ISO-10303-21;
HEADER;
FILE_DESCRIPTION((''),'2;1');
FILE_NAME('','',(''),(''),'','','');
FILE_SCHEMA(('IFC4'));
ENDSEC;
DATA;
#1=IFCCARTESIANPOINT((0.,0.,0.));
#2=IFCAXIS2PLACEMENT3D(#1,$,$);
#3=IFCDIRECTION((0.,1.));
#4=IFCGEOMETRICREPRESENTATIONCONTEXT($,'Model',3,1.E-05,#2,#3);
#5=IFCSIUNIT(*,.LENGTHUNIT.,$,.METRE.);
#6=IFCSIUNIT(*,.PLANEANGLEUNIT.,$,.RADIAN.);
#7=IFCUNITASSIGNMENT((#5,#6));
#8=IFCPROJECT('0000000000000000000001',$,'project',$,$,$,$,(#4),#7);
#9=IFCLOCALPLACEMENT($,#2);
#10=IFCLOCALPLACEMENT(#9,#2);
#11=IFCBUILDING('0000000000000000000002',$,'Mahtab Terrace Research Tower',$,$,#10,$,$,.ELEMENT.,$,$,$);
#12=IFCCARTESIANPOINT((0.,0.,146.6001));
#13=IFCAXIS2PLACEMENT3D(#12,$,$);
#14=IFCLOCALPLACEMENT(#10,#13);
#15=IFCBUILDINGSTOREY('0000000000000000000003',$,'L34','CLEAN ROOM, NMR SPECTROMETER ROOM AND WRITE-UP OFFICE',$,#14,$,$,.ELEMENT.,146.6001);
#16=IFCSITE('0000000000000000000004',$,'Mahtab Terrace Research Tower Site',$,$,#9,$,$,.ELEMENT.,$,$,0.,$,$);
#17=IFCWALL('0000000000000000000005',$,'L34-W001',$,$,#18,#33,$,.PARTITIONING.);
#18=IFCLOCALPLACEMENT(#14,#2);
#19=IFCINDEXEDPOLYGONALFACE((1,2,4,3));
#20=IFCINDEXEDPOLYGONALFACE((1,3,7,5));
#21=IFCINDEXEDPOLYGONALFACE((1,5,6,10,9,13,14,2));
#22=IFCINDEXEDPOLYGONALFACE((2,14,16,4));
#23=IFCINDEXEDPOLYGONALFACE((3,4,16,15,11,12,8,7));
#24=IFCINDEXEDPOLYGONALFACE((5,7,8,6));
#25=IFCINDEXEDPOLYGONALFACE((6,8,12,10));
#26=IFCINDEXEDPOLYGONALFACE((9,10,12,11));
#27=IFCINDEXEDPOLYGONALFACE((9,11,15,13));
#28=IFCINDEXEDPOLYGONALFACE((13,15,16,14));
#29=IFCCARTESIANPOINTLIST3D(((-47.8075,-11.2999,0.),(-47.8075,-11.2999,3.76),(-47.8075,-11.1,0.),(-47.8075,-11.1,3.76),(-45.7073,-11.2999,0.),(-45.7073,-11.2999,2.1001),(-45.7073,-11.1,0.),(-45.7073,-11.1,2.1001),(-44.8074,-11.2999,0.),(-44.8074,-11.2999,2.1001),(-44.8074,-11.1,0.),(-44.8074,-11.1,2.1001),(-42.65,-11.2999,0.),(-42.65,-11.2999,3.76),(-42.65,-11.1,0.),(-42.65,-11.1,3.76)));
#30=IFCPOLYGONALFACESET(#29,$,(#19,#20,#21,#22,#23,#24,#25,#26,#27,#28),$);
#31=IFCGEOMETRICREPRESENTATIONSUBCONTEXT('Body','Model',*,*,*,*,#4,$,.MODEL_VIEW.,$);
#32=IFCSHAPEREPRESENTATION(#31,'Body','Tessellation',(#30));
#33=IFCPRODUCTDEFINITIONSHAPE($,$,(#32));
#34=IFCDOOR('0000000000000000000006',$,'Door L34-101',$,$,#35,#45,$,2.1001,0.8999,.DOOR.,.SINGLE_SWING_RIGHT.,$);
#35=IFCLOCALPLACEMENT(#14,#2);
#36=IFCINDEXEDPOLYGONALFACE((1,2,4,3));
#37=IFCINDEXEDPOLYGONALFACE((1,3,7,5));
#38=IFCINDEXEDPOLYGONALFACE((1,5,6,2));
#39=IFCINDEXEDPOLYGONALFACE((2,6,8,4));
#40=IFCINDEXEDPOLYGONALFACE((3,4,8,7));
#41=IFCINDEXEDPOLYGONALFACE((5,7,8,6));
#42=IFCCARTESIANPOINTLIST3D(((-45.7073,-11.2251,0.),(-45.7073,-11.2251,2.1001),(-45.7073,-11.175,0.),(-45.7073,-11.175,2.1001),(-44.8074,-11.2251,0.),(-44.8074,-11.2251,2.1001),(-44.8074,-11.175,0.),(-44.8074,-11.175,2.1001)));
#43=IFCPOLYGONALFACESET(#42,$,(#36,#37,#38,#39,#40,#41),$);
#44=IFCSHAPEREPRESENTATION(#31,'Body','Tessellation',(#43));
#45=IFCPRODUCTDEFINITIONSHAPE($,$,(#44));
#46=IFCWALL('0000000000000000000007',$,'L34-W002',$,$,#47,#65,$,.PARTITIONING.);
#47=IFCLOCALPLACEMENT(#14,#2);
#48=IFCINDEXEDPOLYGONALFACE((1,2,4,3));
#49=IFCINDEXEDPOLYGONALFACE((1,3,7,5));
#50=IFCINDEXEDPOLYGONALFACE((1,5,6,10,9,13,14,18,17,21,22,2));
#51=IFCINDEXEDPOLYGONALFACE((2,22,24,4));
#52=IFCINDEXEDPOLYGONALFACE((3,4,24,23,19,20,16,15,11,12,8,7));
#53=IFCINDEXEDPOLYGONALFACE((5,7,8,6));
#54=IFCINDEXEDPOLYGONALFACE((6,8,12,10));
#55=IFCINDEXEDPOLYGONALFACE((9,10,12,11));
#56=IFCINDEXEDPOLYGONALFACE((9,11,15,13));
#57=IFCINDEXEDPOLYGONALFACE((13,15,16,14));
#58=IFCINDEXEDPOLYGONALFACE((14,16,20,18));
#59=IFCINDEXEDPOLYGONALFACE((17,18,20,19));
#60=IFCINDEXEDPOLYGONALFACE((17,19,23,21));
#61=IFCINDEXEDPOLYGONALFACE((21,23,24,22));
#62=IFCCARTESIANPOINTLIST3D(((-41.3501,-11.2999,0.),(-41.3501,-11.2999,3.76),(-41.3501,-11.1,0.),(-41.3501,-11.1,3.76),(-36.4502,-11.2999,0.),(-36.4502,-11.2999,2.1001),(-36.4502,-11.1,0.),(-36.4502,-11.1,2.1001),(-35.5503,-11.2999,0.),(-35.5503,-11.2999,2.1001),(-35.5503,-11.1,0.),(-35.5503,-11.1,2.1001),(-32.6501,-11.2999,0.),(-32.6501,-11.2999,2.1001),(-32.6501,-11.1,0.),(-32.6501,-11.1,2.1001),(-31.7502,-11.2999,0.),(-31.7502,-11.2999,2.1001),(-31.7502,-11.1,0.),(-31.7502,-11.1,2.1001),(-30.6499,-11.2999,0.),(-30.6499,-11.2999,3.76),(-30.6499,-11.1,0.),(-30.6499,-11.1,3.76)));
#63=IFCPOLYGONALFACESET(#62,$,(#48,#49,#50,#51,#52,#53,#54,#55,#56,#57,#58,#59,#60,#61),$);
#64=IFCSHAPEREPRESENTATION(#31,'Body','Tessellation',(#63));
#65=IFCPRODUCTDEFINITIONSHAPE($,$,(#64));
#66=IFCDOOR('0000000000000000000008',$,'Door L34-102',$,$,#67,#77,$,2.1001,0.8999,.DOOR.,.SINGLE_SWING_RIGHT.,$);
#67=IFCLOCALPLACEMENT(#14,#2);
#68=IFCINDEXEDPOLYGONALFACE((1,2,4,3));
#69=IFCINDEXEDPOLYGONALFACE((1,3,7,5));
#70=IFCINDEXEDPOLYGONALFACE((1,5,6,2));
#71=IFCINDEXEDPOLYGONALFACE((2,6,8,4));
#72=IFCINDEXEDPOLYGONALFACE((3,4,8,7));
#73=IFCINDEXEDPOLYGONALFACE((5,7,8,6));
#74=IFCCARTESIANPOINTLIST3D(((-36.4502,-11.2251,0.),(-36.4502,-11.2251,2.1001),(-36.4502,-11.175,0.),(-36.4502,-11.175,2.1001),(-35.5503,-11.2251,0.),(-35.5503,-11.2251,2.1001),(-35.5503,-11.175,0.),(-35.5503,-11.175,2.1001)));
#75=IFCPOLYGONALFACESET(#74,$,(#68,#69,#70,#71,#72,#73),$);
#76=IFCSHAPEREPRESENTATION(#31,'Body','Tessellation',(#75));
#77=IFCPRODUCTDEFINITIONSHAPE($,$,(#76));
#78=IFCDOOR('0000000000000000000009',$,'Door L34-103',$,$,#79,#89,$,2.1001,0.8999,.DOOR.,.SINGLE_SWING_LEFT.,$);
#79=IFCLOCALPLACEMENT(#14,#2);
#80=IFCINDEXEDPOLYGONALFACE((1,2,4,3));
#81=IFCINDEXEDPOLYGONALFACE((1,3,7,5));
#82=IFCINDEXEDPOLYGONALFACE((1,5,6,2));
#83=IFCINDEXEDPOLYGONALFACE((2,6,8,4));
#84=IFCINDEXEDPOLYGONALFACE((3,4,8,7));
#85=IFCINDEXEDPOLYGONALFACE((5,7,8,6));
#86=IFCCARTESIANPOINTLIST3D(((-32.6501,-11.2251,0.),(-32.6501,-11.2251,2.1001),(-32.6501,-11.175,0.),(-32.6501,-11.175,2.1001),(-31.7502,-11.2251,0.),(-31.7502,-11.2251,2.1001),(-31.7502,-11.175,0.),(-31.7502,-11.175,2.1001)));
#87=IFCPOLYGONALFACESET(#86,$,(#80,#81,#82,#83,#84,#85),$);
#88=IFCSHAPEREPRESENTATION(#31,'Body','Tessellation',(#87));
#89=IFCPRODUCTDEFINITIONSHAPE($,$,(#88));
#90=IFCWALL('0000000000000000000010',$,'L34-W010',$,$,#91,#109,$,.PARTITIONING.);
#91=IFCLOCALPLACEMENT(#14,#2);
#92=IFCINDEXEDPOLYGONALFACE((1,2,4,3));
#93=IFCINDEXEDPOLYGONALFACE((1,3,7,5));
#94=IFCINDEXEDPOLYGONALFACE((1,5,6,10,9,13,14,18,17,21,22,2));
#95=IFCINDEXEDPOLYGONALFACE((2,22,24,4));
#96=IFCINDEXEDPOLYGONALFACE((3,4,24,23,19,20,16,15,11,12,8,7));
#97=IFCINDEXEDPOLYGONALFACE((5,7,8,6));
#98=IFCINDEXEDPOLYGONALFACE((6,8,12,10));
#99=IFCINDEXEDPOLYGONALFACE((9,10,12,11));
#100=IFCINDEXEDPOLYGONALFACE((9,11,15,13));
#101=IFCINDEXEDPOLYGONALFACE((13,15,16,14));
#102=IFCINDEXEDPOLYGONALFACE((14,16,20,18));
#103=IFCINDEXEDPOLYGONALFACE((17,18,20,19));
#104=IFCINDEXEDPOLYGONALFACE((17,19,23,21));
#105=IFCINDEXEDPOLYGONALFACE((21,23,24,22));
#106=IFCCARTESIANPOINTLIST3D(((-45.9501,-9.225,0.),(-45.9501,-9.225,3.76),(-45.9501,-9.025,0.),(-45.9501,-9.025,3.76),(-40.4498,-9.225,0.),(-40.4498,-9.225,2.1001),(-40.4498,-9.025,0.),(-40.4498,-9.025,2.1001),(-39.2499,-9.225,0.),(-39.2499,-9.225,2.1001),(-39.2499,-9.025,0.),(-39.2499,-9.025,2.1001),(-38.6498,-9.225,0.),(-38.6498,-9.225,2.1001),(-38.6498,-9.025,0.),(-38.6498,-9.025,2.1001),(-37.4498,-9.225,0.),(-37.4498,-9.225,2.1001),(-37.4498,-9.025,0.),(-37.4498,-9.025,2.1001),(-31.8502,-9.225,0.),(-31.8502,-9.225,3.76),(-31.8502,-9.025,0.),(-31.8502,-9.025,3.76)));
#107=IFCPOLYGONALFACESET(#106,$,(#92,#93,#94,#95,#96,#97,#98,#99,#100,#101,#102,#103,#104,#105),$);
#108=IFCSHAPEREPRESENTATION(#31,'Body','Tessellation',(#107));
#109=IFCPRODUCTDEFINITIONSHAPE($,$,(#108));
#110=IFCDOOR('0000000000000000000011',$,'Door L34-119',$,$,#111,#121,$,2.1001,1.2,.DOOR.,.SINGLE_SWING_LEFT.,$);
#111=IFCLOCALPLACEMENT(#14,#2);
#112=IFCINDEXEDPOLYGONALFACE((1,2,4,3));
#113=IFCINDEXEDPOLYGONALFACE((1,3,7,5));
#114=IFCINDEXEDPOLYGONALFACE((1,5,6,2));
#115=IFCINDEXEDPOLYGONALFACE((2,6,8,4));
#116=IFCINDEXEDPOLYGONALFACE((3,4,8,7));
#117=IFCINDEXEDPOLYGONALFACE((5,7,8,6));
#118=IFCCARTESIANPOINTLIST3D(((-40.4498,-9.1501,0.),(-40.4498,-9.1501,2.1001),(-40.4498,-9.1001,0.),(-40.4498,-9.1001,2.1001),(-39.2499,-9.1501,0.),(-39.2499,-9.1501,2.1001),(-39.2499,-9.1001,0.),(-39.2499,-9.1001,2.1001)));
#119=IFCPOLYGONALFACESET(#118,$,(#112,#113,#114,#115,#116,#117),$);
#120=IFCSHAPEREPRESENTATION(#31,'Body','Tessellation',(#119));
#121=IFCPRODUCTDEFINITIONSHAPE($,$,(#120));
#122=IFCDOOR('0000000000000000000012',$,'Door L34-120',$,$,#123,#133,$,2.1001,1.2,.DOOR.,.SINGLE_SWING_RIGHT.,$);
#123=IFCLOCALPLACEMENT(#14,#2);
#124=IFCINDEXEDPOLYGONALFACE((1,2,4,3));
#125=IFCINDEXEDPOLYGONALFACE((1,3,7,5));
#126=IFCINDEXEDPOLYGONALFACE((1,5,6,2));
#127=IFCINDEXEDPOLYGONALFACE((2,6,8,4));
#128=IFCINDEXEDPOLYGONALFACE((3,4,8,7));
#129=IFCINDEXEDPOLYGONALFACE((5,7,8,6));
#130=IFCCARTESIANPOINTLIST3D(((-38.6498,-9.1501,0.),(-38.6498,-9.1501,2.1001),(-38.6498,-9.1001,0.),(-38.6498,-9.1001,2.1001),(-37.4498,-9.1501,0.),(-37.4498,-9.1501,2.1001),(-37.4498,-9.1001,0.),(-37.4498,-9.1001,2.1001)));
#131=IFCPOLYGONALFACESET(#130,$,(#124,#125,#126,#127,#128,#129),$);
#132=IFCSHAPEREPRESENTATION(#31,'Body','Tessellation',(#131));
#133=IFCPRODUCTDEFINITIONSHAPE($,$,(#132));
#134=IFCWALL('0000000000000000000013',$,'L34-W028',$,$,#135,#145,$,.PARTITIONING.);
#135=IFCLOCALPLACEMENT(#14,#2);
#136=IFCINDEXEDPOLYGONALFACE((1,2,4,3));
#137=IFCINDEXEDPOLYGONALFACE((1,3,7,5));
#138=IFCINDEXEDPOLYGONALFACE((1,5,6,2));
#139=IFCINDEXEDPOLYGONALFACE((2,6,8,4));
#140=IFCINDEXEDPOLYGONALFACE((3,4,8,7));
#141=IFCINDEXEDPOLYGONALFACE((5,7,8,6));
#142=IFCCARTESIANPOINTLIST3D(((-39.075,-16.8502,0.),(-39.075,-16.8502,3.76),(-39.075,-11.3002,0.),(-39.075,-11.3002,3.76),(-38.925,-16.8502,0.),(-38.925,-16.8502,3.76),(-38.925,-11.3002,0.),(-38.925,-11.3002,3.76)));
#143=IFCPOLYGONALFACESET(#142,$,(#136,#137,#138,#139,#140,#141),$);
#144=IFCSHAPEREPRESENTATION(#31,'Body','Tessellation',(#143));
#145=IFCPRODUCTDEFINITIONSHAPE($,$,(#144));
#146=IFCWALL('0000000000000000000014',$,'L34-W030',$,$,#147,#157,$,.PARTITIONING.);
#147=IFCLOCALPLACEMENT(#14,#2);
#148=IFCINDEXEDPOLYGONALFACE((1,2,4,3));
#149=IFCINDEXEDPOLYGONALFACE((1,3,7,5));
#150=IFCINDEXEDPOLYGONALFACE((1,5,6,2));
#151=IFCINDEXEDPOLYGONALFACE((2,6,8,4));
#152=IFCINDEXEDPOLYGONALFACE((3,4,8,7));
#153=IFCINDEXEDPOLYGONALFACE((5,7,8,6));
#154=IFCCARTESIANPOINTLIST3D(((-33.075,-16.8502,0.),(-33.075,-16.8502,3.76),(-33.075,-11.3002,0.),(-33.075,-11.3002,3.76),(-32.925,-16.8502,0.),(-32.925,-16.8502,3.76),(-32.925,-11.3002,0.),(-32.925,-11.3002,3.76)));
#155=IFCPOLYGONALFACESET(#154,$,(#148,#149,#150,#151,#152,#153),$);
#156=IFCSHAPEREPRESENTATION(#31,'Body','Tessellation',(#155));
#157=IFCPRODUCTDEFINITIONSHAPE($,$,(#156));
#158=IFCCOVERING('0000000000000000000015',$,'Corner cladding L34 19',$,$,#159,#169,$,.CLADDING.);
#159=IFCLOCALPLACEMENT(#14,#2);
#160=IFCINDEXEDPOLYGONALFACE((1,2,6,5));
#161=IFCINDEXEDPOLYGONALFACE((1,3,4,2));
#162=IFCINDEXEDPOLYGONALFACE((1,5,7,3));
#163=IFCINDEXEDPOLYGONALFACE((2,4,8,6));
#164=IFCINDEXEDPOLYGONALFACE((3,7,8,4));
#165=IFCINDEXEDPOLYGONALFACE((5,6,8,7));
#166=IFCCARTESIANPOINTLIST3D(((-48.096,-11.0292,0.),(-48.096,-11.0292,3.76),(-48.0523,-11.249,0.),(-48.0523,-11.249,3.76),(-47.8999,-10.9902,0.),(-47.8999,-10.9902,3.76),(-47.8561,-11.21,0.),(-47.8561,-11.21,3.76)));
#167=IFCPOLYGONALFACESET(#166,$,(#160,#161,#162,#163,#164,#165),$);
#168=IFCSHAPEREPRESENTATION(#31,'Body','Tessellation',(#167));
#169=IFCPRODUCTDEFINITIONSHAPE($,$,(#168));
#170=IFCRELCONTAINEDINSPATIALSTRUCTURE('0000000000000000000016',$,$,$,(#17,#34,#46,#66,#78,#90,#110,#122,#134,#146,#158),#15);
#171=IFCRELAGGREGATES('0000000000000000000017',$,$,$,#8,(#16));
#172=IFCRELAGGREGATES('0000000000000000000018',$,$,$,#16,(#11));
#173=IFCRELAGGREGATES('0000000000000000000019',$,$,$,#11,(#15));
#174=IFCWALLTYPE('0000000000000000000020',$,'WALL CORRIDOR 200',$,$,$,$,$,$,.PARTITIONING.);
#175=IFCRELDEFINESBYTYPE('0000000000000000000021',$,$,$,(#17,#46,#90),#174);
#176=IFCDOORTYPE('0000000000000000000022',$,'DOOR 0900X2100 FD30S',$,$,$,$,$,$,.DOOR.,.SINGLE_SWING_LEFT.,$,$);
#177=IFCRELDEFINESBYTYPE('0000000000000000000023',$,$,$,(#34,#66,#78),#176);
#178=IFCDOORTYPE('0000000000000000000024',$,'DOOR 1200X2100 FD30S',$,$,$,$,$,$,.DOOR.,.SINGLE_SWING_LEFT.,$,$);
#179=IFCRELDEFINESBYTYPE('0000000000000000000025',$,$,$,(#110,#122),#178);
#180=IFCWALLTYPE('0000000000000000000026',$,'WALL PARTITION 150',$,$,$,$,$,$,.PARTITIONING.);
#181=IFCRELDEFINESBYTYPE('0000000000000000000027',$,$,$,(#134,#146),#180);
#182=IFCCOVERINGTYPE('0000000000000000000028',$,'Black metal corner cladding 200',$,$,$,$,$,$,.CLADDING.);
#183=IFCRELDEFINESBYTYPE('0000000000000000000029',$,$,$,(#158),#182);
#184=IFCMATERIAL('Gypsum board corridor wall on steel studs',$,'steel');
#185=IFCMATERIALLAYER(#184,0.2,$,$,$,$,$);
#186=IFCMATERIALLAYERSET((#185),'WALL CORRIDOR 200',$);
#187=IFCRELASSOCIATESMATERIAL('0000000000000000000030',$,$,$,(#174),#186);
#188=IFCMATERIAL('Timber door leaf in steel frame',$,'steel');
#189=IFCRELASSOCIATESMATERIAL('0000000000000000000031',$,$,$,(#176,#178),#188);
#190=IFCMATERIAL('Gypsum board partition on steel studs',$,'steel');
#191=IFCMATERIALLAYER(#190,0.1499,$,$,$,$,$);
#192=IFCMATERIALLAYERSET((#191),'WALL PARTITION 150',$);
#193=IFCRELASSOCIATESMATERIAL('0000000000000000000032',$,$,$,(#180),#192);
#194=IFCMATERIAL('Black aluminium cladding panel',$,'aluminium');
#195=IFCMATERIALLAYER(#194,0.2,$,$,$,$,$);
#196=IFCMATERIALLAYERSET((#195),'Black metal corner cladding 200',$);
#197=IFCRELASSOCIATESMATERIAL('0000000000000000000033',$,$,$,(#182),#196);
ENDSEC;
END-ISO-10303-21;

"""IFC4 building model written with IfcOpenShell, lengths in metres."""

from ifc_helpers import new_model, si_unit, direction, frame, frame_2d, origin, origin_2d, place, context, subcontext, project, spatial, rectangle, extrude, material, layer, layer_set, type_object, element, fill, save


model = new_model("IFC4")

# Units and contexts
model_context = context("Model", 3, precision=1e-05, world=origin(), true_north=direction((0.0, 1.0)))
body_context = subcontext(model_context, "Body", "Model", "MODEL_VIEW")
ifc_project = project(units=[si_unit("LENGTHUNIT", "METRE"), si_unit("PLANEANGLEUNIT", "RADIAN")], contexts=[model_context])

# Site, building, storey
site_placement = place(None, origin())
site = spatial("IfcSite", under=ifc_project, at=site_placement, Name="Mahtab Terrace Research Tower Site", CompositionType="ELEMENT", RefElevation=0.0)
building_placement = place(site_placement, origin())
building = spatial("IfcBuilding", under=site, at=building_placement, Name="Mahtab Terrace Research Tower", CompositionType="ELEMENT")
storey_placement = place(building_placement, frame((0.0, 0.0, 146.6001)))
storey = spatial("IfcBuildingStorey", under=building, at=storey_placement, Name="L34", Description="CLEAN ROOM, NMR SPECTROMETER ROOM AND WRITE-UP OFFICE", CompositionType="ELEMENT", Elevation=146.6001)

# Shared definitions
ifc_material_1 = material(Name="Black aluminium cladding panel", Category="aluminium")

# Wall, opening, door
ifc_material_2 = material(Name="Gypsum board corridor wall on steel studs", Category="steel")
ifc_layer_1 = layer(ifc_material_2, 0.2)
ifc_layer_set_1 = layer_set([ifc_layer_1], Name="WALL CORRIDOR 200")
wall_type_1 = type_object("IfcWallType", Name="WALL CORRIDOR 200", PredefinedType="PARTITIONING", material=ifc_layer_set_1)
wall_1_placement = place(storey_placement, frame((-47.8074, -11.2, 0.0), z_axis=(0.0, 0.0, 1.0), x_axis=(1.0, 0.0, 0.0)))
wall_1 = element("IfcWall", 1, at=wall_1_placement, inside=storey, type_object=wall_type_1, Name="L34-W001", PredefinedType="PARTITIONING", context=body_context, shape_type="SweptSolid", body=[
    extrude(rectangle(XDim=5.1575, YDim=0.2, at=frame_2d((2.5786, 0.0))), origin(), (0.0, 0.0, 1.0), 3.76),
])
opening_1_placement = place(wall_1_placement, frame((2.1001, 0.0, 0.0)))
opening_1 = element("IfcOpeningElement", 2, at=opening_1_placement, cuts=wall_1, PredefinedType="OPENING", context=body_context, shape_type="SweptSolid", body=[
    extrude(rectangle(XDim=0.8999, YDim=2.1001, at=frame_2d((0.45, 1.05))), frame((0.0, 0.1099, 0.0), z_axis=(0.0, -1.0, 0.0), x_axis=(1.0, 0.0, 0.0)), (0.0, 0.0, 1.0), 0.22),
])
ifc_material_3 = material(Name="Timber door leaf in steel frame", Category="steel")
door_type_1 = type_object("IfcDoorType", Name="DOOR 0900X2100 FD30S", OperationType="SINGLE_SWING_LEFT", PredefinedType="DOOR", material=ifc_material_3)
door_1_placement = place(opening_1_placement, origin())
door_1 = element("IfcDoor", 3, at=door_1_placement, inside=storey, type_object=door_type_1, Name="Door L34-101", OperationType="SINGLE_SWING_RIGHT", OverallHeight=2.1001, OverallWidth=0.8999, PredefinedType="DOOR", context=body_context, shape_type="SweptSolid", body=[
    extrude(rectangle(XDim=0.8999, YDim=2.1001, at=frame_2d((0.45, 1.05))), frame((0.0, 0.0249, 0.0), z_axis=(0.0, -1.0, 0.0), x_axis=(1.0, 0.0, 0.0)), (0.0, 0.0, 1.0), 0.05),
])
fill(opening_1, door_1)

# Walls, openings, doors
wall_2_placement = place(storey_placement, frame((-41.3501, -11.2, 0.0), z_axis=(0.0, 0.0, 1.0), x_axis=(1.0, 0.0, 0.0)))
wall_2 = element("IfcWall", 4, at=wall_2_placement, inside=storey, type_object=wall_type_1, Name="L34-W002", PredefinedType="PARTITIONING", context=body_context, shape_type="SweptSolid", body=[
    extrude(rectangle(XDim=10.7002, YDim=0.2, at=frame_2d((5.3501, 0.0))), origin(), (0.0, 0.0, 1.0), 3.76),
])
opening_2_placement = place(wall_2_placement, frame((4.8999, 0.0, 0.0)))
opening_2 = element("IfcOpeningElement", 5, at=opening_2_placement, cuts=wall_2, PredefinedType="OPENING", context=body_context, shape_type="SweptSolid", body=[
    extrude(rectangle(XDim=0.8999, YDim=2.1001, at=frame_2d((0.45, 1.05))), frame((0.0, 0.1099, 0.0), z_axis=(0.0, -1.0, 0.0), x_axis=(1.0, 0.0, 0.0)), (0.0, 0.0, 1.0), 0.22),
])
opening_3_placement = place(wall_2_placement, frame((8.7, 0.0, 0.0)))
opening_3 = element("IfcOpeningElement", 6, at=opening_3_placement, cuts=wall_2, PredefinedType="OPENING", context=body_context, shape_type="SweptSolid", body=[
    extrude(rectangle(XDim=0.8999, YDim=2.1001, at=frame_2d((0.45, 1.05))), frame((0.0, 0.1099, 0.0), z_axis=(0.0, -1.0, 0.0), x_axis=(1.0, 0.0, 0.0)), (0.0, 0.0, 1.0), 0.22),
])
door_2_placement = place(opening_2_placement, origin())
door_2 = element("IfcDoor", 7, at=door_2_placement, inside=storey, type_object=door_type_1, Name="Door L34-102", OperationType="SINGLE_SWING_RIGHT", OverallHeight=2.1001, OverallWidth=0.8999, PredefinedType="DOOR", context=body_context, shape_type="SweptSolid", body=[
    extrude(rectangle(XDim=0.8999, YDim=2.1001, at=frame_2d((0.45, 1.05))), frame((0.0, 0.0249, 0.0), z_axis=(0.0, -1.0, 0.0), x_axis=(1.0, 0.0, 0.0)), (0.0, 0.0, 1.0), 0.05),
])
fill(opening_2, door_2)
door_3_placement = place(opening_3_placement, origin())
door_3 = element("IfcDoor", 8, at=door_3_placement, inside=storey, type_object=door_type_1, Name="Door L34-103", OperationType="SINGLE_SWING_LEFT", OverallHeight=2.1001, OverallWidth=0.8999, PredefinedType="DOOR", context=body_context, shape_type="SweptSolid", body=[
    extrude(rectangle(XDim=0.8999, YDim=2.1001, at=frame_2d((0.45, 1.05))), frame((0.0, 0.0249, 0.0), z_axis=(0.0, -1.0, 0.0), x_axis=(1.0, 0.0, 0.0)), (0.0, 0.0, 1.0), 0.05),
])
fill(opening_3, door_3)
wall_3_placement = place(storey_placement, frame((-45.95, -9.125, 0.0), z_axis=(0.0, 0.0, 1.0), x_axis=(1.0, 0.0, 0.0)))
wall_3 = element("IfcWall", 9, at=wall_3_placement, inside=storey, type_object=wall_type_1, Name="L34-W010", PredefinedType="PARTITIONING", context=body_context, shape_type="SweptSolid", body=[
    extrude(rectangle(XDim=14.0999, YDim=0.2, at=frame_2d((7.0498, 0.0))), origin(), (0.0, 0.0, 1.0), 3.76),
])
opening_4_placement = place(wall_3_placement, frame((5.5, 0.0, 0.0)))
opening_4 = element("IfcOpeningElement", 10, at=opening_4_placement, cuts=wall_3, PredefinedType="OPENING", context=body_context, shape_type="SweptSolid", body=[
    extrude(rectangle(XDim=1.2, YDim=2.1001, at=frame_2d((0.6001, 1.05))), frame((0.0, 0.1099, 0.0), z_axis=(0.0, -1.0, 0.0), x_axis=(1.0, 0.0, 0.0)), (0.0, 0.0, 1.0), 0.22),
])
opening_5_placement = place(wall_3_placement, frame((7.3, 0.0, 0.0)))
opening_5 = element("IfcOpeningElement", 11, at=opening_5_placement, cuts=wall_3, PredefinedType="OPENING", context=body_context, shape_type="SweptSolid", body=[
    extrude(rectangle(XDim=1.2, YDim=2.1001, at=frame_2d((0.6001, 1.05))), frame((0.0, 0.1099, 0.0), z_axis=(0.0, -1.0, 0.0), x_axis=(1.0, 0.0, 0.0)), (0.0, 0.0, 1.0), 0.22),
])
door_type_2 = type_object("IfcDoorType", Name="DOOR 1200X2100 FD30S", OperationType="SINGLE_SWING_LEFT", PredefinedType="DOOR", material=ifc_material_3)
door_4_placement = place(opening_4_placement, origin())
door_4 = element("IfcDoor", 12, at=door_4_placement, inside=storey, type_object=door_type_2, Name="Door L34-119", OperationType="SINGLE_SWING_LEFT", OverallHeight=2.1001, OverallWidth=1.2, PredefinedType="DOOR", context=body_context, shape_type="SweptSolid", body=[
    extrude(rectangle(XDim=1.2, YDim=2.1001, at=frame_2d((0.6001, 1.05))), frame((0.0, 0.0249, 0.0), z_axis=(0.0, -1.0, 0.0), x_axis=(1.0, 0.0, 0.0)), (0.0, 0.0, 1.0), 0.05),
])
fill(opening_4, door_4)
door_5_placement = place(opening_5_placement, origin())
door_5 = element("IfcDoor", 13, at=door_5_placement, inside=storey, type_object=door_type_2, Name="Door L34-120", OperationType="SINGLE_SWING_RIGHT", OverallHeight=2.1001, OverallWidth=1.2, PredefinedType="DOOR", context=body_context, shape_type="SweptSolid", body=[
    extrude(rectangle(XDim=1.2, YDim=2.1001, at=frame_2d((0.6001, 1.05))), frame((0.0, 0.0249, 0.0), z_axis=(0.0, -1.0, 0.0), x_axis=(1.0, 0.0, 0.0)), (0.0, 0.0, 1.0), 0.05),
])
fill(opening_5, door_5)

# Walls
ifc_material_4 = material(Name="Gypsum board partition on steel studs", Category="steel")
ifc_layer_2 = layer(ifc_material_4, 0.1499)
ifc_layer_set_2 = layer_set([ifc_layer_2], Name="WALL PARTITION 150")
wall_type_2 = type_object("IfcWallType", Name="WALL PARTITION 150", PredefinedType="PARTITIONING", material=ifc_layer_set_2)
for number, where, z_axis, x_axis, name in (
    (14, (-39.0, -16.8501, 0.0), (0.0, 0.0, 1.0), (0.0, 1.0, 0.0), "L34-W028"),
    (15, (-33.0, -16.8501, 0.0), (0.0, 0.0, 1.0), (0.0, 1.0, 0.0), "L34-W030"),
):
    element("IfcWall", number, at=place(storey_placement, frame(where, z_axis=z_axis, x_axis=x_axis)), inside=storey, type_object=wall_type_2, Name=name, PredefinedType="PARTITIONING", context=body_context, shape_type="SweptSolid", body=[
        extrude(rectangle(XDim=5.55, YDim=0.1499, at=frame_2d((2.7749, 0.0))), origin(), (0.0, 0.0, 1.0), 3.76),
    ])

# Covering
ifc_layer_3 = layer(ifc_material_1, 0.2)
ifc_layer_set_3 = layer_set([ifc_layer_3], Name="Black metal corner cladding 200")
covering_type_1 = type_object("IfcCoveringType", Name="Black metal corner cladding 200", PredefinedType="CLADDING", material=ifc_layer_set_3)
covering_1_placement = place(storey_placement, frame((-47.9761, -11.1196, 0.0), z_axis=(0.0, 0.0, 1.0), x_axis=(0.195212, -0.980761, 0.0)))
element("IfcCovering", 16, at=covering_1_placement, inside=storey, type_object=covering_type_1, Name="Corner cladding L34 19", PredefinedType="CLADDING", context=body_context, shape_type="SweptSolid", body=[
    extrude(rectangle(XDim=0.2241, YDim=0.2, at=origin_2d()), origin(), (0.0, 0.0, 1.0), 3.76),
])

save(model, "model.ifc")
